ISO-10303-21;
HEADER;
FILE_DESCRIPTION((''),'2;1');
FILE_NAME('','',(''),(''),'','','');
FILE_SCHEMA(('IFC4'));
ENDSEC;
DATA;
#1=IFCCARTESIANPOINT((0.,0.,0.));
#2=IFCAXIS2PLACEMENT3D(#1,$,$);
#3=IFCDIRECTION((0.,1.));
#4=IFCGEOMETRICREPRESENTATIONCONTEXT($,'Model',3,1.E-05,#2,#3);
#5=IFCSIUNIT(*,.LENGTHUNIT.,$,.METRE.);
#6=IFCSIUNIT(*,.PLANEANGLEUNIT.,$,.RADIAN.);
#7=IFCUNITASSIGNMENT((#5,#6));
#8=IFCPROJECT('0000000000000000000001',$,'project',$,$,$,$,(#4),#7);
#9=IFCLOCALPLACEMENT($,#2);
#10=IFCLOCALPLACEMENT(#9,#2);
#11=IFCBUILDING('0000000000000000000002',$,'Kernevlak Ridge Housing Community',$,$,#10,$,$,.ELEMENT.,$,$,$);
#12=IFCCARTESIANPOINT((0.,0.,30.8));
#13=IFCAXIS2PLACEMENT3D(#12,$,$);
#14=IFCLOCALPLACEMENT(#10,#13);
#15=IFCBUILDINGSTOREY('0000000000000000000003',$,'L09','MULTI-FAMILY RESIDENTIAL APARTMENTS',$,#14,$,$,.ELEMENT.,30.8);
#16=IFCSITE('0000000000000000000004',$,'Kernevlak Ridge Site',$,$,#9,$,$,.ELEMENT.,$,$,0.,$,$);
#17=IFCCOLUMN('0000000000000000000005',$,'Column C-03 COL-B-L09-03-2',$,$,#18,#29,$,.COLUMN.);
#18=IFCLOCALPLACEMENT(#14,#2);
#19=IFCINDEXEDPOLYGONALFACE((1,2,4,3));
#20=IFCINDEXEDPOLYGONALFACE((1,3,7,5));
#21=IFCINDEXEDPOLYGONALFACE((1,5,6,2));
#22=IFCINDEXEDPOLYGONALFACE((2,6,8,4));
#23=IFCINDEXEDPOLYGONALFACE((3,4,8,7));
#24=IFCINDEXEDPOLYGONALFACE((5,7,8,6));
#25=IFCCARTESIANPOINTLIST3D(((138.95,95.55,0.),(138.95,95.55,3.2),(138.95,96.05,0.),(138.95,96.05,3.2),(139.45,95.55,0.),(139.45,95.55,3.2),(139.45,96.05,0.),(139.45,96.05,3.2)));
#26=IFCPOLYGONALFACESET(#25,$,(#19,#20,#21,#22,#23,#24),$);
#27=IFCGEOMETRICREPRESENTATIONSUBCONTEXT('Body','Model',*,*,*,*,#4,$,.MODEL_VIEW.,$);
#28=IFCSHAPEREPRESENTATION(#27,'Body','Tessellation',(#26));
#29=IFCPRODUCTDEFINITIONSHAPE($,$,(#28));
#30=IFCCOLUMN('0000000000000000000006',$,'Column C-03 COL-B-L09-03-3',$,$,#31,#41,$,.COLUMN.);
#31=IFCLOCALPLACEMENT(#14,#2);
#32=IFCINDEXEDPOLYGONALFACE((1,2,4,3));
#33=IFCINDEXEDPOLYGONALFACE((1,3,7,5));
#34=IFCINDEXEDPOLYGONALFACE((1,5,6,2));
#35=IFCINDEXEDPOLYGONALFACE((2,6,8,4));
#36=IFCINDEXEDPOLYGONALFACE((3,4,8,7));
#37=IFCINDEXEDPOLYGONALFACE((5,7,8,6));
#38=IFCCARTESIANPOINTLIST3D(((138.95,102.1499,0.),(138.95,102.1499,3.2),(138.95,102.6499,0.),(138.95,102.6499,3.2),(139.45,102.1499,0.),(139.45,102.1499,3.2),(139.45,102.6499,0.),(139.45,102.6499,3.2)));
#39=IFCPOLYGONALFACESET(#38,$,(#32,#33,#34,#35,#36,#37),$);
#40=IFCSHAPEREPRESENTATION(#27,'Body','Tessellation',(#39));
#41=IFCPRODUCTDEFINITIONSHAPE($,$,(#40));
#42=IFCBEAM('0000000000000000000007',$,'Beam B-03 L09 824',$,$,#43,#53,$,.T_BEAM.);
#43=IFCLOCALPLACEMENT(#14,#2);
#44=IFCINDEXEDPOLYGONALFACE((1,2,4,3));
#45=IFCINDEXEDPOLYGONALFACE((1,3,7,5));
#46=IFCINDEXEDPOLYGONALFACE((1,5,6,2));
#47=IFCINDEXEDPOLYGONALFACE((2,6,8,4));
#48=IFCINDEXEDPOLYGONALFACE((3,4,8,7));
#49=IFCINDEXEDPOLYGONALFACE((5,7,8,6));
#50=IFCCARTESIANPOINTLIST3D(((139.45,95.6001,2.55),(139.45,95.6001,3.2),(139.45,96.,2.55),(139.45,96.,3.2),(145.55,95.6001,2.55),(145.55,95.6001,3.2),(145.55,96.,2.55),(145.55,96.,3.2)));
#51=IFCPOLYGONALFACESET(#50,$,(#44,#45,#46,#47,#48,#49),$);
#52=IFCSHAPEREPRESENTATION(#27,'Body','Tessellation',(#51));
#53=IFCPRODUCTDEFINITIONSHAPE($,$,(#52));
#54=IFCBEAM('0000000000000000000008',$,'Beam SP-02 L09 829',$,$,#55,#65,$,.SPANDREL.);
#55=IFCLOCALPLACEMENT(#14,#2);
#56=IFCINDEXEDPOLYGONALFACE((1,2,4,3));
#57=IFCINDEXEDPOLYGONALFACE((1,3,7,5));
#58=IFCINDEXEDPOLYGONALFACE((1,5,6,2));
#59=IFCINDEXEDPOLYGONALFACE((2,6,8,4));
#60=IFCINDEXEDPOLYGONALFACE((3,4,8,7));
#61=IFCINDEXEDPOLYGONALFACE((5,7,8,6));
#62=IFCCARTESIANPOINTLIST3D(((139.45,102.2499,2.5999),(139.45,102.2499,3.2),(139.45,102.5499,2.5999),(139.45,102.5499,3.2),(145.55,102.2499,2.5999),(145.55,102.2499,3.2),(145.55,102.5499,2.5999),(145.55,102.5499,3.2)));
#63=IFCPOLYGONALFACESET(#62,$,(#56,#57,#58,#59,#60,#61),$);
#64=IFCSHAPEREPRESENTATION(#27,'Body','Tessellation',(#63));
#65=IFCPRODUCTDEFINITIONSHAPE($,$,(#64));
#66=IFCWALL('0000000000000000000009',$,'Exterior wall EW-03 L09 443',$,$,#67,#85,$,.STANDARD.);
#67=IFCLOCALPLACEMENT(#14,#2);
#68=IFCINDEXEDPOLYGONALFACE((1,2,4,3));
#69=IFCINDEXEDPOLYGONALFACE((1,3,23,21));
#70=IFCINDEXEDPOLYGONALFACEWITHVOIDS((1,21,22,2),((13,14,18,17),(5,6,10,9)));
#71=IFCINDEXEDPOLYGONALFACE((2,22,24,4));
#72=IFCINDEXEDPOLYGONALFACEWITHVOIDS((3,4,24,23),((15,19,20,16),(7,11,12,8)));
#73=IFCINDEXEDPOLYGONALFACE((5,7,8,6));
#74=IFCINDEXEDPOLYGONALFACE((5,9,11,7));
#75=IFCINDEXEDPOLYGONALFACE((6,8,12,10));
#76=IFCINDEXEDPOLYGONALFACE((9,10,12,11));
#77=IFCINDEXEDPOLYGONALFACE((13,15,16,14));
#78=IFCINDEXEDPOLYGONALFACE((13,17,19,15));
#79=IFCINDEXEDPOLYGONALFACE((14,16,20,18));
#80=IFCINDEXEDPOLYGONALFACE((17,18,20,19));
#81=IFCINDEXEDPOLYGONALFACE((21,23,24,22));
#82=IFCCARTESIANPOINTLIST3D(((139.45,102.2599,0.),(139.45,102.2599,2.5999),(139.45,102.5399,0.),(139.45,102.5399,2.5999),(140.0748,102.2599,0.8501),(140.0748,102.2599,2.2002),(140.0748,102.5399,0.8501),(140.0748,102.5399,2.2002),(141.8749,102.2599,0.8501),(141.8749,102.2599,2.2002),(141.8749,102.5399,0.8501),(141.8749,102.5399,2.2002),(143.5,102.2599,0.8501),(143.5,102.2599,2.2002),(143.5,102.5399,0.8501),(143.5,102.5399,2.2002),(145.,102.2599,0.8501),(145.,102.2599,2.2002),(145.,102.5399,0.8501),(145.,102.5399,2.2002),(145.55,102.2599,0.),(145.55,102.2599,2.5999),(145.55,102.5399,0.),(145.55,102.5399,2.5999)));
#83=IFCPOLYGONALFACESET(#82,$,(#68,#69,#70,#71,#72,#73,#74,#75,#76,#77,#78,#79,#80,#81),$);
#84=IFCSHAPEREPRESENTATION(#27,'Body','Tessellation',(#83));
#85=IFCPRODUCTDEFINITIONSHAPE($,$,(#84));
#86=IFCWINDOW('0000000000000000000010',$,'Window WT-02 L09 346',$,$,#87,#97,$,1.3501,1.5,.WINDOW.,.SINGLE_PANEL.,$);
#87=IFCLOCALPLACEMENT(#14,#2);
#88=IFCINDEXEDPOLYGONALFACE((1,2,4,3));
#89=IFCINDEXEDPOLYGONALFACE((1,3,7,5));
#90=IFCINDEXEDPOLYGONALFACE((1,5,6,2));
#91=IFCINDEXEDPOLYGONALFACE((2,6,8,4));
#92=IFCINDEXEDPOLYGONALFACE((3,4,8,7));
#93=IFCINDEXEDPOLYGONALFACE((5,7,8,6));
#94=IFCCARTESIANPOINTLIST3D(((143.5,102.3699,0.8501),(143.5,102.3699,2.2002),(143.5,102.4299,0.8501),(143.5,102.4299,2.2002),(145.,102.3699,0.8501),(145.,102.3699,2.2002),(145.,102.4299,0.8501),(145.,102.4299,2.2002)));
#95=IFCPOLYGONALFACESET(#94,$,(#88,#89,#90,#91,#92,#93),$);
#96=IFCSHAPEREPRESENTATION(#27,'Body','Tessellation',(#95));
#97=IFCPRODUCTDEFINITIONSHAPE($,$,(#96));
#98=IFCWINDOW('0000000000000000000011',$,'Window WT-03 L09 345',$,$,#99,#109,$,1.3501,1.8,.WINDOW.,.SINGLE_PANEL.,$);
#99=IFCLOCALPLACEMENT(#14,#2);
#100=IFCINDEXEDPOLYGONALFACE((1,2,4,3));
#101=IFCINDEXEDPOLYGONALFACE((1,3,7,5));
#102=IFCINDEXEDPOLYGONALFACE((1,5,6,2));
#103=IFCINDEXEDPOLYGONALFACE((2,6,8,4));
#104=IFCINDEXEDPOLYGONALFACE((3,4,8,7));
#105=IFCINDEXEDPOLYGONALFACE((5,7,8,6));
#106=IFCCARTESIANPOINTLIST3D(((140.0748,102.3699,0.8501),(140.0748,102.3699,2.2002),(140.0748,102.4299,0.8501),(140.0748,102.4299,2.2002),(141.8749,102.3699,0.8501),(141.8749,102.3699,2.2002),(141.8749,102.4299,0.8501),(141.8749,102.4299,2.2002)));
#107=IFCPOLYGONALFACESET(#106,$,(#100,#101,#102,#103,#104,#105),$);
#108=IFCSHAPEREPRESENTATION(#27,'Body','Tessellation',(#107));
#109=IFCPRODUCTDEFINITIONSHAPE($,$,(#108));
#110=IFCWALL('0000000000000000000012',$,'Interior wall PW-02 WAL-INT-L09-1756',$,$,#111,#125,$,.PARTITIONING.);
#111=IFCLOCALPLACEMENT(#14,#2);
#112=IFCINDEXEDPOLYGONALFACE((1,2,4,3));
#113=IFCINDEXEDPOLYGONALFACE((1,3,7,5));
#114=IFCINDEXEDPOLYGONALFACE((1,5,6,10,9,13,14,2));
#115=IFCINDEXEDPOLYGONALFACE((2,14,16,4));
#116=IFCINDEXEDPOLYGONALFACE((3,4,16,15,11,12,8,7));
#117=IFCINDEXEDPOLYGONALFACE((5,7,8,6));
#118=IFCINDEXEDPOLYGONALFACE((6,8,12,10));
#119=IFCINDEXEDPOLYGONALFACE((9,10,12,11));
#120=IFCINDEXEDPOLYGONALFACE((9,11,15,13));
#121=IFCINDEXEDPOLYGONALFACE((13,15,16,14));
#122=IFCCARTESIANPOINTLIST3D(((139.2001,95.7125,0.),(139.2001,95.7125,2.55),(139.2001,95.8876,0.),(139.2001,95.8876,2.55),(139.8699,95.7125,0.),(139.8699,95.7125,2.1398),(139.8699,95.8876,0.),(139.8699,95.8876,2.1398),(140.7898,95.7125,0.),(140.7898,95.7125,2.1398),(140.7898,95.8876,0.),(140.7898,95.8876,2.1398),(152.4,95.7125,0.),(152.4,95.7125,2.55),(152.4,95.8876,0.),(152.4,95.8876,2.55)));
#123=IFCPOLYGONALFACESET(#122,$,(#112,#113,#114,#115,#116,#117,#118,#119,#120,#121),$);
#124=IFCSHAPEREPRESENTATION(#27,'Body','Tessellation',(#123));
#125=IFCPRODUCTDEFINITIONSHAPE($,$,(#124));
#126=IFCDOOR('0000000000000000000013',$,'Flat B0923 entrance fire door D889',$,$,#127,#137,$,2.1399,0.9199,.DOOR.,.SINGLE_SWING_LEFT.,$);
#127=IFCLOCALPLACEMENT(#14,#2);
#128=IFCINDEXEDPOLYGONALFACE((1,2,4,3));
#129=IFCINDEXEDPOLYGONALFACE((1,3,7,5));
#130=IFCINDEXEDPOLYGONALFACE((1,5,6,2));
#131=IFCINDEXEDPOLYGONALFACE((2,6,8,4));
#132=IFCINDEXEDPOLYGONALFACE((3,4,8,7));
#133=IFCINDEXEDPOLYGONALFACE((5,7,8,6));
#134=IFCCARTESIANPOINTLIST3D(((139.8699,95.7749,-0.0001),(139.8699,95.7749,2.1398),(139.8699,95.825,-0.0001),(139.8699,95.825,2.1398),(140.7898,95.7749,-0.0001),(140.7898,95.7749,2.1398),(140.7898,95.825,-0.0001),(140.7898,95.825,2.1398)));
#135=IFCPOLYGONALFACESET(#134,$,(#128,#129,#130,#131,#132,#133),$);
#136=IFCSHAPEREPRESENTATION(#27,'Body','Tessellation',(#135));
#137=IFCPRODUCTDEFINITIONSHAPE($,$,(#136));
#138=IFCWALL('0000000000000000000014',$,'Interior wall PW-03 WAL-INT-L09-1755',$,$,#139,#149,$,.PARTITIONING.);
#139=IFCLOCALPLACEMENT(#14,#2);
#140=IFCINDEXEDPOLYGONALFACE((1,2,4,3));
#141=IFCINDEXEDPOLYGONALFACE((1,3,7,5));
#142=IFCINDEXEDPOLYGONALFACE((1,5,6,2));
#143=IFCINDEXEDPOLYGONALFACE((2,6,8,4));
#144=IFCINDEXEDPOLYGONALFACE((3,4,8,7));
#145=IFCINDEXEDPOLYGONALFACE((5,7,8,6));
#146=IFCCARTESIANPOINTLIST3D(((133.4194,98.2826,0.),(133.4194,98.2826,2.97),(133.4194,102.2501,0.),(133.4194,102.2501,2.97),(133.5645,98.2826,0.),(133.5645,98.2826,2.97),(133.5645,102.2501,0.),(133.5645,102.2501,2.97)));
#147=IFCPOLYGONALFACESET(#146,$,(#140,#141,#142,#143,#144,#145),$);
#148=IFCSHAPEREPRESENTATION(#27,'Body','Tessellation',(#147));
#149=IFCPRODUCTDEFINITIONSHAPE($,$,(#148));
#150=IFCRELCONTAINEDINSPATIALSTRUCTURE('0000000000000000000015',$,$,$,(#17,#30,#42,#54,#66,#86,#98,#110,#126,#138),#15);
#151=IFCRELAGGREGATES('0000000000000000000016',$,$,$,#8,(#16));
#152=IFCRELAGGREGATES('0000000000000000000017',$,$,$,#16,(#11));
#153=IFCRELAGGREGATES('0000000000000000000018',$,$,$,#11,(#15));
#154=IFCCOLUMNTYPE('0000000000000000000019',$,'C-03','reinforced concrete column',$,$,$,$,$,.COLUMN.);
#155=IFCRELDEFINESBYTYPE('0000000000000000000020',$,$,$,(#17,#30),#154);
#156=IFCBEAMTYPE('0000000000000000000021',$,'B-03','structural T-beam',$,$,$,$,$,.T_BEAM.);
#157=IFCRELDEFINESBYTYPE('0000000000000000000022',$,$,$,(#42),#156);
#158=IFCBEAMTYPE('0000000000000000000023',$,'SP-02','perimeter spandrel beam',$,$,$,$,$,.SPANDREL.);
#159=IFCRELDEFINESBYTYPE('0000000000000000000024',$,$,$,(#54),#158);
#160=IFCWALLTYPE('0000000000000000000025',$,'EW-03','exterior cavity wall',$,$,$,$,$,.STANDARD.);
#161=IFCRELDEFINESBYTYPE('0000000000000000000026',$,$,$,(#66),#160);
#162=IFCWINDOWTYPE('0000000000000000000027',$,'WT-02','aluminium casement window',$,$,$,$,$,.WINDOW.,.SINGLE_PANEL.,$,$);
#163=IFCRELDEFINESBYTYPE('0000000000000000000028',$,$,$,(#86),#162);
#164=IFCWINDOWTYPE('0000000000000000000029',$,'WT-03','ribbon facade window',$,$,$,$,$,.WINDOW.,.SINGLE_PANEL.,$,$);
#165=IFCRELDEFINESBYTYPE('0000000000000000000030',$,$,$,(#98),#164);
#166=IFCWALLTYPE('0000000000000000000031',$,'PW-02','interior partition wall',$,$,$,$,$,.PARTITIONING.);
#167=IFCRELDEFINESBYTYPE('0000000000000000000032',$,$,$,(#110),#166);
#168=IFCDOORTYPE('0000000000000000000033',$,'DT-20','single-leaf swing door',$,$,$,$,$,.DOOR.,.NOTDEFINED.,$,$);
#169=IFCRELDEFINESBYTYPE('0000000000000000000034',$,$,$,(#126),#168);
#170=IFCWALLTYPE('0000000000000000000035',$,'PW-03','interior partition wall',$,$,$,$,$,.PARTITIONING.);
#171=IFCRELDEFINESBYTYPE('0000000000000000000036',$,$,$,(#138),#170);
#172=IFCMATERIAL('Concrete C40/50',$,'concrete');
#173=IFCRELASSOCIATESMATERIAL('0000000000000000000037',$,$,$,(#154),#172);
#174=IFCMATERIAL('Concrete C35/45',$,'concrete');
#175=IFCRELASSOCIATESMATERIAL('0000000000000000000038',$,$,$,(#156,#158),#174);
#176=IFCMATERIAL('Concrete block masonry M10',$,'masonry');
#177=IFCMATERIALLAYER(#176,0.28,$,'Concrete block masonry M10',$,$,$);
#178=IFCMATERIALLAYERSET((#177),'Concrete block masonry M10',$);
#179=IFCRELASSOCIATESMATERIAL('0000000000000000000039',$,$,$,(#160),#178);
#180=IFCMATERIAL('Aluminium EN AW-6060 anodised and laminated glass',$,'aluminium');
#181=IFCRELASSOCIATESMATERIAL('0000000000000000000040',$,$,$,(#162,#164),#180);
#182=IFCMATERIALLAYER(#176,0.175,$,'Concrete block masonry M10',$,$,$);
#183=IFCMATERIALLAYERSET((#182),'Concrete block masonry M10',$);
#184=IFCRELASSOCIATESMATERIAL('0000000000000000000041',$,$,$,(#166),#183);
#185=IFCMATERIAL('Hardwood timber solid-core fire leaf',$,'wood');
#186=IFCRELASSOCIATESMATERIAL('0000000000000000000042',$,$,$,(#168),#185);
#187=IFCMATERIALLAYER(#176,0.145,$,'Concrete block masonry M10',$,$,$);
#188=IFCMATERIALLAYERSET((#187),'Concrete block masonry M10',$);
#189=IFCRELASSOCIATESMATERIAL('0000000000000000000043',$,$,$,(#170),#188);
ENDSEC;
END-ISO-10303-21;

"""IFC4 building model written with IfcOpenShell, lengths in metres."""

from ifc_helpers import new_model, si_unit, direction, frame, frame_2d, origin, origin_2d, place, context, subcontext, project, spatial, rectangle, extrude, material, layer, layer_set, material_profile, profile_set, type_object, element, fill, save


model = new_model("IFC4")

# Units and contexts
model_context = context("Model", 3, precision=1e-05, world=origin(), true_north=direction((0.0, 1.0)))
body_context = subcontext(model_context, "Body", "Model", "MODEL_VIEW")
ifc_project = project(units=[si_unit("LENGTHUNIT", "METRE"), si_unit("PLANEANGLEUNIT", "RADIAN")], contexts=[model_context])

# Site, building, storey
site_placement = place(None, origin())
site = spatial("IfcSite", under=ifc_project, at=site_placement, Name="Kernevlak Ridge Site", CompositionType="ELEMENT", RefElevation=0.0)
building_placement = place(site_placement, origin())
building = spatial("IfcBuilding", under=site, at=building_placement, Name="Kernevlak Ridge Housing Community", CompositionType="ELEMENT")
storey_placement = place(building_placement, frame((0.0, 0.0, 30.8)))
storey = spatial("IfcBuildingStorey", under=building, at=storey_placement, Name="L09", Description="MULTI-FAMILY RESIDENTIAL APARTMENTS", CompositionType="ELEMENT", Elevation=30.8)

# Columns
ifc_material_1 = material(Name="Concrete C40/50", Category="concrete")
ifc_material_profile_1 = material_profile(ifc_material_1, rectangle(XDim=0.5, YDim=0.5, at=origin_2d()), Name="RC 500x500")
ifc_profile_set_1 = profile_set([ifc_material_profile_1], Name="Concrete C40/50")
column_type = type_object("IfcColumnType", Name="C-03", Description="reinforced concrete column", PredefinedType="COLUMN", material=ifc_profile_set_1)
for number, where, z_axis, x_axis, name in (
    (1, (139.2, 95.8, 0.0), (0.0, 0.0, 1.0), (1.0, 0.0, 0.0), "Column C-03 COL-B-L09-03-2"),
    (2, (139.2, 102.3999, 0.0), (0.0, 0.0, 1.0), (1.0, 0.0, 0.0), "Column C-03 COL-B-L09-03-3"),
):
    element("IfcColumn", number, at=place(storey_placement, frame(where, z_axis=z_axis, x_axis=x_axis)), inside=storey, type_object=column_type, Name=name, PredefinedType="COLUMN", context=body_context, shape_type="SweptSolid", body=[
        extrude(rectangle(XDim=0.5, YDim=0.5, at=origin_2d()), origin(), (0.0, 0.0, 1.0), 3.2),
    ])

# Beams
ifc_material_2 = material(Name="Concrete C35/45", Category="concrete")
ifc_material_profile_2 = material_profile(ifc_material_2, rectangle(XDim=0.3999, YDim=0.6499, at=origin_2d()), Name="RC 400x650")
ifc_profile_set_2 = profile_set([ifc_material_profile_2], Name="Concrete C35/45")
beam_type_1 = type_object("IfcBeamType", Name="B-03", Description="structural T-beam", PredefinedType="T_BEAM", material=ifc_profile_set_2)
beam_1_placement = place(storey_placement, frame((139.45, 95.8, 2.875), z_axis=(1.0, 0.0, 0.0), x_axis=(0.0, 1.0, 0.0)))
element("IfcBeam", 3, at=beam_1_placement, inside=storey, type_object=beam_type_1, Name="Beam B-03 L09 824", PredefinedType="T_BEAM", context=body_context, shape_type="SweptSolid", body=[
    extrude(rectangle(XDim=0.3999, YDim=0.6499, at=origin_2d()), origin(), (0.0, 0.0, 1.0), 6.1001),
])
ifc_material_profile_3 = material_profile(ifc_material_2, rectangle(XDim=0.3, YDim=0.6001, at=origin_2d()), Name="RC 300x600")
ifc_profile_set_3 = profile_set([ifc_material_profile_3], Name="Concrete C35/45")
beam_type_2 = type_object("IfcBeamType", Name="SP-02", Description="perimeter spandrel beam", PredefinedType="SPANDREL", material=ifc_profile_set_3)
beam_2_placement = place(storey_placement, frame((139.45, 102.3999, 2.8999), z_axis=(1.0, 0.0, 0.0), x_axis=(0.0, 1.0, 0.0)))
element("IfcBeam", 4, at=beam_2_placement, inside=storey, type_object=beam_type_2, Name="Beam SP-02 L09 829", PredefinedType="SPANDREL", context=body_context, shape_type="SweptSolid", body=[
    extrude(rectangle(XDim=0.3, YDim=0.6001, at=origin_2d()), origin(), (0.0, 0.0, 1.0), 6.1001),
])

# Wall, openings, windows
ifc_material_3 = material(Name="Concrete block masonry M10", Category="masonry")
ifc_layer_1 = layer(ifc_material_3, 0.28, Name="Concrete block masonry M10")
ifc_layer_set_1 = layer_set([ifc_layer_1], Name="Concrete block masonry M10")
wall_type_1 = type_object("IfcWallType", Name="EW-03", Description="exterior cavity wall", PredefinedType="STANDARD", material=ifc_layer_set_1)
wall_1_placement = place(storey_placement, frame((139.45, 102.3999, 0.0), z_axis=(0.0, 0.0, 1.0), x_axis=(1.0, 0.0, 0.0)))
wall_1 = element("IfcWall", 5, at=wall_1_placement, inside=storey, type_object=wall_type_1, Name="Exterior wall EW-03 L09 443", PredefinedType="STANDARD", context=body_context, shape_type="SweptSolid", body=[
    extrude(rectangle(XDim=6.1001, YDim=0.28, at=frame_2d((3.05, 0.0))), origin(), (0.0, 0.0, 1.0), 2.5999),
])
opening_1_placement = place(wall_1_placement, frame((0.625, 0.0, 0.8501)))
opening_1 = element("IfcOpeningElement", 6, at=opening_1_placement, cuts=wall_1, PredefinedType="OPENING", context=body_context, shape_type="SweptSolid", body=[
    extrude(rectangle(XDim=1.8, YDim=1.3501, at=frame_2d((0.8999, 0.675))), frame((0.0, 0.1499, 0.0), z_axis=(0.0, -1.0, 0.0), x_axis=(1.0, 0.0, 0.0)), (0.0, 0.0, 1.0), 0.3),
])
opening_2_placement = place(wall_1_placement, frame((4.05, 0.0, 0.8501)))
opening_2 = element("IfcOpeningElement", 7, at=opening_2_placement, cuts=wall_1, PredefinedType="OPENING", context=body_context, shape_type="SweptSolid", body=[
    extrude(rectangle(XDim=1.5, YDim=1.3501, at=frame_2d((0.75, 0.675))), frame((0.0, 0.1499, 0.0), z_axis=(0.0, -1.0, 0.0), x_axis=(1.0, 0.0, 0.0)), (0.0, 0.0, 1.0), 0.3),
])
ifc_material_4 = material(Name="Aluminium EN AW-6060 anodised and laminated glass", Category="aluminium")
window_type_1 = type_object("IfcWindowType", Name="WT-02", Description="aluminium casement window", PartitioningType="SINGLE_PANEL", PredefinedType="WINDOW", material=ifc_material_4)
window_1_placement = place(opening_2_placement, origin())
window_1 = element("IfcWindow", 8, at=window_1_placement, inside=storey, type_object=window_type_1, Name="Window WT-02 L09 346", OverallHeight=1.3501, OverallWidth=1.5, PartitioningType="SINGLE_PANEL", PredefinedType="WINDOW", context=body_context, shape_type="SweptSolid", body=[
    extrude(rectangle(XDim=1.5, YDim=1.3501, at=frame_2d((0.75, 0.675))), frame((0.0, 0.03, 0.0), z_axis=(0.0, -1.0, 0.0), x_axis=(1.0, 0.0, 0.0)), (0.0, 0.0, 1.0), 0.0601),
])
fill(opening_2, window_1)
window_type_2 = type_object("IfcWindowType", Name="WT-03", Description="ribbon facade window", PartitioningType="SINGLE_PANEL", PredefinedType="WINDOW", material=ifc_material_4)
window_2_placement = place(opening_1_placement, origin())
window_2 = element("IfcWindow", 9, at=window_2_placement, inside=storey, type_object=window_type_2, Name="Window WT-03 L09 345", OverallHeight=1.3501, OverallWidth=1.8, PartitioningType="SINGLE_PANEL", PredefinedType="WINDOW", context=body_context, shape_type="SweptSolid", body=[
    extrude(rectangle(XDim=1.8, YDim=1.3501, at=frame_2d((0.8999, 0.675))), frame((0.0, 0.03, 0.0), z_axis=(0.0, -1.0, 0.0), x_axis=(1.0, 0.0, 0.0)), (0.0, 0.0, 1.0), 0.0601),
])
fill(opening_1, window_2)

# Wall, opening, door
ifc_layer_2 = layer(ifc_material_3, 0.175, Name="Concrete block masonry M10")
ifc_layer_set_2 = layer_set([ifc_layer_2], Name="Concrete block masonry M10")
wall_type_2 = type_object("IfcWallType", Name="PW-02", Description="interior partition wall", PredefinedType="PARTITIONING", material=ifc_layer_set_2)
wall_2_placement = place(storey_placement, frame((139.2, 95.8, 0.0), z_axis=(0.0, 0.0, 1.0), x_axis=(1.0, 0.0, 0.0)))
wall_2 = element("IfcWall", 10, at=wall_2_placement, inside=storey, type_object=wall_type_2, Name="Interior wall PW-02 WAL-INT-L09-1756", PredefinedType="PARTITIONING", context=body_context, shape_type="SweptSolid", body=[
    extrude(rectangle(XDim=13.2, YDim=0.175, at=frame_2d((6.6001, 0.0))), origin(), (0.0, 0.0, 1.0), 2.55),
])
opening_3_placement = place(wall_2_placement, frame((0.6699, 0.0, 0.0)))
opening_3 = element("IfcOpeningElement", 11, at=opening_3_placement, cuts=wall_2, PredefinedType="OPENING", context=body_context, shape_type="SweptSolid", body=[
    extrude(rectangle(XDim=0.9199, YDim=2.1399, at=frame_2d((0.46, 1.0698))), frame((0.0, 0.0974, 0.0), z_axis=(0.0, -1.0, 0.0), x_axis=(1.0, 0.0, 0.0)), (0.0, 0.0, 1.0), 0.1951),
])
ifc_material_5 = material(Name="Hardwood timber solid-core fire leaf", Category="wood")
door_type_1 = type_object("IfcDoorType", Name="DT-20", Description="single-leaf swing door", OperationType="NOTDEFINED", PredefinedType="DOOR", material=ifc_material_5)
door_1_placement = place(opening_3_placement, origin())
door_1 = element("IfcDoor", 12, at=door_1_placement, inside=storey, type_object=door_type_1, Name="Flat B0923 entrance fire door D889", OperationType="SINGLE_SWING_LEFT", OverallHeight=2.1399, OverallWidth=0.9199, PredefinedType="DOOR", context=body_context, shape_type="SweptSolid", body=[
    extrude(rectangle(XDim=0.9199, YDim=2.1399, at=frame_2d((0.46, 1.0698))), frame((0.0, 0.0249, 0.0), z_axis=(0.0, -1.0, 0.0), x_axis=(1.0, 0.0, 0.0)), (0.0, 0.0, 1.0), 0.05),
])
fill(opening_3, door_1)

# Wall
ifc_layer_3 = layer(ifc_material_3, 0.145, Name="Concrete block masonry M10")
ifc_layer_set_3 = layer_set([ifc_layer_3], Name="Concrete block masonry M10")
wall_type_3 = type_object("IfcWallType", Name="PW-03", Description="interior partition wall", PredefinedType="PARTITIONING", material=ifc_layer_set_3)
wall_3_placement = place(storey_placement, frame((133.4919, 98.2825, 0.0), z_axis=(0.0, 0.0, 1.0), x_axis=(0.0, 1.0, 0.0)))
element("IfcWall", 13, at=wall_3_placement, inside=storey, type_object=wall_type_3, Name="Interior wall PW-03 WAL-INT-L09-1755", PredefinedType="PARTITIONING", context=body_context, shape_type="SweptSolid", body=[
    extrude(rectangle(XDim=3.9675, YDim=0.145, at=frame_2d((1.9839, 0.0))), origin(), (0.0, 0.0, 1.0), 2.97),
])

save(model, "model.ifc")
